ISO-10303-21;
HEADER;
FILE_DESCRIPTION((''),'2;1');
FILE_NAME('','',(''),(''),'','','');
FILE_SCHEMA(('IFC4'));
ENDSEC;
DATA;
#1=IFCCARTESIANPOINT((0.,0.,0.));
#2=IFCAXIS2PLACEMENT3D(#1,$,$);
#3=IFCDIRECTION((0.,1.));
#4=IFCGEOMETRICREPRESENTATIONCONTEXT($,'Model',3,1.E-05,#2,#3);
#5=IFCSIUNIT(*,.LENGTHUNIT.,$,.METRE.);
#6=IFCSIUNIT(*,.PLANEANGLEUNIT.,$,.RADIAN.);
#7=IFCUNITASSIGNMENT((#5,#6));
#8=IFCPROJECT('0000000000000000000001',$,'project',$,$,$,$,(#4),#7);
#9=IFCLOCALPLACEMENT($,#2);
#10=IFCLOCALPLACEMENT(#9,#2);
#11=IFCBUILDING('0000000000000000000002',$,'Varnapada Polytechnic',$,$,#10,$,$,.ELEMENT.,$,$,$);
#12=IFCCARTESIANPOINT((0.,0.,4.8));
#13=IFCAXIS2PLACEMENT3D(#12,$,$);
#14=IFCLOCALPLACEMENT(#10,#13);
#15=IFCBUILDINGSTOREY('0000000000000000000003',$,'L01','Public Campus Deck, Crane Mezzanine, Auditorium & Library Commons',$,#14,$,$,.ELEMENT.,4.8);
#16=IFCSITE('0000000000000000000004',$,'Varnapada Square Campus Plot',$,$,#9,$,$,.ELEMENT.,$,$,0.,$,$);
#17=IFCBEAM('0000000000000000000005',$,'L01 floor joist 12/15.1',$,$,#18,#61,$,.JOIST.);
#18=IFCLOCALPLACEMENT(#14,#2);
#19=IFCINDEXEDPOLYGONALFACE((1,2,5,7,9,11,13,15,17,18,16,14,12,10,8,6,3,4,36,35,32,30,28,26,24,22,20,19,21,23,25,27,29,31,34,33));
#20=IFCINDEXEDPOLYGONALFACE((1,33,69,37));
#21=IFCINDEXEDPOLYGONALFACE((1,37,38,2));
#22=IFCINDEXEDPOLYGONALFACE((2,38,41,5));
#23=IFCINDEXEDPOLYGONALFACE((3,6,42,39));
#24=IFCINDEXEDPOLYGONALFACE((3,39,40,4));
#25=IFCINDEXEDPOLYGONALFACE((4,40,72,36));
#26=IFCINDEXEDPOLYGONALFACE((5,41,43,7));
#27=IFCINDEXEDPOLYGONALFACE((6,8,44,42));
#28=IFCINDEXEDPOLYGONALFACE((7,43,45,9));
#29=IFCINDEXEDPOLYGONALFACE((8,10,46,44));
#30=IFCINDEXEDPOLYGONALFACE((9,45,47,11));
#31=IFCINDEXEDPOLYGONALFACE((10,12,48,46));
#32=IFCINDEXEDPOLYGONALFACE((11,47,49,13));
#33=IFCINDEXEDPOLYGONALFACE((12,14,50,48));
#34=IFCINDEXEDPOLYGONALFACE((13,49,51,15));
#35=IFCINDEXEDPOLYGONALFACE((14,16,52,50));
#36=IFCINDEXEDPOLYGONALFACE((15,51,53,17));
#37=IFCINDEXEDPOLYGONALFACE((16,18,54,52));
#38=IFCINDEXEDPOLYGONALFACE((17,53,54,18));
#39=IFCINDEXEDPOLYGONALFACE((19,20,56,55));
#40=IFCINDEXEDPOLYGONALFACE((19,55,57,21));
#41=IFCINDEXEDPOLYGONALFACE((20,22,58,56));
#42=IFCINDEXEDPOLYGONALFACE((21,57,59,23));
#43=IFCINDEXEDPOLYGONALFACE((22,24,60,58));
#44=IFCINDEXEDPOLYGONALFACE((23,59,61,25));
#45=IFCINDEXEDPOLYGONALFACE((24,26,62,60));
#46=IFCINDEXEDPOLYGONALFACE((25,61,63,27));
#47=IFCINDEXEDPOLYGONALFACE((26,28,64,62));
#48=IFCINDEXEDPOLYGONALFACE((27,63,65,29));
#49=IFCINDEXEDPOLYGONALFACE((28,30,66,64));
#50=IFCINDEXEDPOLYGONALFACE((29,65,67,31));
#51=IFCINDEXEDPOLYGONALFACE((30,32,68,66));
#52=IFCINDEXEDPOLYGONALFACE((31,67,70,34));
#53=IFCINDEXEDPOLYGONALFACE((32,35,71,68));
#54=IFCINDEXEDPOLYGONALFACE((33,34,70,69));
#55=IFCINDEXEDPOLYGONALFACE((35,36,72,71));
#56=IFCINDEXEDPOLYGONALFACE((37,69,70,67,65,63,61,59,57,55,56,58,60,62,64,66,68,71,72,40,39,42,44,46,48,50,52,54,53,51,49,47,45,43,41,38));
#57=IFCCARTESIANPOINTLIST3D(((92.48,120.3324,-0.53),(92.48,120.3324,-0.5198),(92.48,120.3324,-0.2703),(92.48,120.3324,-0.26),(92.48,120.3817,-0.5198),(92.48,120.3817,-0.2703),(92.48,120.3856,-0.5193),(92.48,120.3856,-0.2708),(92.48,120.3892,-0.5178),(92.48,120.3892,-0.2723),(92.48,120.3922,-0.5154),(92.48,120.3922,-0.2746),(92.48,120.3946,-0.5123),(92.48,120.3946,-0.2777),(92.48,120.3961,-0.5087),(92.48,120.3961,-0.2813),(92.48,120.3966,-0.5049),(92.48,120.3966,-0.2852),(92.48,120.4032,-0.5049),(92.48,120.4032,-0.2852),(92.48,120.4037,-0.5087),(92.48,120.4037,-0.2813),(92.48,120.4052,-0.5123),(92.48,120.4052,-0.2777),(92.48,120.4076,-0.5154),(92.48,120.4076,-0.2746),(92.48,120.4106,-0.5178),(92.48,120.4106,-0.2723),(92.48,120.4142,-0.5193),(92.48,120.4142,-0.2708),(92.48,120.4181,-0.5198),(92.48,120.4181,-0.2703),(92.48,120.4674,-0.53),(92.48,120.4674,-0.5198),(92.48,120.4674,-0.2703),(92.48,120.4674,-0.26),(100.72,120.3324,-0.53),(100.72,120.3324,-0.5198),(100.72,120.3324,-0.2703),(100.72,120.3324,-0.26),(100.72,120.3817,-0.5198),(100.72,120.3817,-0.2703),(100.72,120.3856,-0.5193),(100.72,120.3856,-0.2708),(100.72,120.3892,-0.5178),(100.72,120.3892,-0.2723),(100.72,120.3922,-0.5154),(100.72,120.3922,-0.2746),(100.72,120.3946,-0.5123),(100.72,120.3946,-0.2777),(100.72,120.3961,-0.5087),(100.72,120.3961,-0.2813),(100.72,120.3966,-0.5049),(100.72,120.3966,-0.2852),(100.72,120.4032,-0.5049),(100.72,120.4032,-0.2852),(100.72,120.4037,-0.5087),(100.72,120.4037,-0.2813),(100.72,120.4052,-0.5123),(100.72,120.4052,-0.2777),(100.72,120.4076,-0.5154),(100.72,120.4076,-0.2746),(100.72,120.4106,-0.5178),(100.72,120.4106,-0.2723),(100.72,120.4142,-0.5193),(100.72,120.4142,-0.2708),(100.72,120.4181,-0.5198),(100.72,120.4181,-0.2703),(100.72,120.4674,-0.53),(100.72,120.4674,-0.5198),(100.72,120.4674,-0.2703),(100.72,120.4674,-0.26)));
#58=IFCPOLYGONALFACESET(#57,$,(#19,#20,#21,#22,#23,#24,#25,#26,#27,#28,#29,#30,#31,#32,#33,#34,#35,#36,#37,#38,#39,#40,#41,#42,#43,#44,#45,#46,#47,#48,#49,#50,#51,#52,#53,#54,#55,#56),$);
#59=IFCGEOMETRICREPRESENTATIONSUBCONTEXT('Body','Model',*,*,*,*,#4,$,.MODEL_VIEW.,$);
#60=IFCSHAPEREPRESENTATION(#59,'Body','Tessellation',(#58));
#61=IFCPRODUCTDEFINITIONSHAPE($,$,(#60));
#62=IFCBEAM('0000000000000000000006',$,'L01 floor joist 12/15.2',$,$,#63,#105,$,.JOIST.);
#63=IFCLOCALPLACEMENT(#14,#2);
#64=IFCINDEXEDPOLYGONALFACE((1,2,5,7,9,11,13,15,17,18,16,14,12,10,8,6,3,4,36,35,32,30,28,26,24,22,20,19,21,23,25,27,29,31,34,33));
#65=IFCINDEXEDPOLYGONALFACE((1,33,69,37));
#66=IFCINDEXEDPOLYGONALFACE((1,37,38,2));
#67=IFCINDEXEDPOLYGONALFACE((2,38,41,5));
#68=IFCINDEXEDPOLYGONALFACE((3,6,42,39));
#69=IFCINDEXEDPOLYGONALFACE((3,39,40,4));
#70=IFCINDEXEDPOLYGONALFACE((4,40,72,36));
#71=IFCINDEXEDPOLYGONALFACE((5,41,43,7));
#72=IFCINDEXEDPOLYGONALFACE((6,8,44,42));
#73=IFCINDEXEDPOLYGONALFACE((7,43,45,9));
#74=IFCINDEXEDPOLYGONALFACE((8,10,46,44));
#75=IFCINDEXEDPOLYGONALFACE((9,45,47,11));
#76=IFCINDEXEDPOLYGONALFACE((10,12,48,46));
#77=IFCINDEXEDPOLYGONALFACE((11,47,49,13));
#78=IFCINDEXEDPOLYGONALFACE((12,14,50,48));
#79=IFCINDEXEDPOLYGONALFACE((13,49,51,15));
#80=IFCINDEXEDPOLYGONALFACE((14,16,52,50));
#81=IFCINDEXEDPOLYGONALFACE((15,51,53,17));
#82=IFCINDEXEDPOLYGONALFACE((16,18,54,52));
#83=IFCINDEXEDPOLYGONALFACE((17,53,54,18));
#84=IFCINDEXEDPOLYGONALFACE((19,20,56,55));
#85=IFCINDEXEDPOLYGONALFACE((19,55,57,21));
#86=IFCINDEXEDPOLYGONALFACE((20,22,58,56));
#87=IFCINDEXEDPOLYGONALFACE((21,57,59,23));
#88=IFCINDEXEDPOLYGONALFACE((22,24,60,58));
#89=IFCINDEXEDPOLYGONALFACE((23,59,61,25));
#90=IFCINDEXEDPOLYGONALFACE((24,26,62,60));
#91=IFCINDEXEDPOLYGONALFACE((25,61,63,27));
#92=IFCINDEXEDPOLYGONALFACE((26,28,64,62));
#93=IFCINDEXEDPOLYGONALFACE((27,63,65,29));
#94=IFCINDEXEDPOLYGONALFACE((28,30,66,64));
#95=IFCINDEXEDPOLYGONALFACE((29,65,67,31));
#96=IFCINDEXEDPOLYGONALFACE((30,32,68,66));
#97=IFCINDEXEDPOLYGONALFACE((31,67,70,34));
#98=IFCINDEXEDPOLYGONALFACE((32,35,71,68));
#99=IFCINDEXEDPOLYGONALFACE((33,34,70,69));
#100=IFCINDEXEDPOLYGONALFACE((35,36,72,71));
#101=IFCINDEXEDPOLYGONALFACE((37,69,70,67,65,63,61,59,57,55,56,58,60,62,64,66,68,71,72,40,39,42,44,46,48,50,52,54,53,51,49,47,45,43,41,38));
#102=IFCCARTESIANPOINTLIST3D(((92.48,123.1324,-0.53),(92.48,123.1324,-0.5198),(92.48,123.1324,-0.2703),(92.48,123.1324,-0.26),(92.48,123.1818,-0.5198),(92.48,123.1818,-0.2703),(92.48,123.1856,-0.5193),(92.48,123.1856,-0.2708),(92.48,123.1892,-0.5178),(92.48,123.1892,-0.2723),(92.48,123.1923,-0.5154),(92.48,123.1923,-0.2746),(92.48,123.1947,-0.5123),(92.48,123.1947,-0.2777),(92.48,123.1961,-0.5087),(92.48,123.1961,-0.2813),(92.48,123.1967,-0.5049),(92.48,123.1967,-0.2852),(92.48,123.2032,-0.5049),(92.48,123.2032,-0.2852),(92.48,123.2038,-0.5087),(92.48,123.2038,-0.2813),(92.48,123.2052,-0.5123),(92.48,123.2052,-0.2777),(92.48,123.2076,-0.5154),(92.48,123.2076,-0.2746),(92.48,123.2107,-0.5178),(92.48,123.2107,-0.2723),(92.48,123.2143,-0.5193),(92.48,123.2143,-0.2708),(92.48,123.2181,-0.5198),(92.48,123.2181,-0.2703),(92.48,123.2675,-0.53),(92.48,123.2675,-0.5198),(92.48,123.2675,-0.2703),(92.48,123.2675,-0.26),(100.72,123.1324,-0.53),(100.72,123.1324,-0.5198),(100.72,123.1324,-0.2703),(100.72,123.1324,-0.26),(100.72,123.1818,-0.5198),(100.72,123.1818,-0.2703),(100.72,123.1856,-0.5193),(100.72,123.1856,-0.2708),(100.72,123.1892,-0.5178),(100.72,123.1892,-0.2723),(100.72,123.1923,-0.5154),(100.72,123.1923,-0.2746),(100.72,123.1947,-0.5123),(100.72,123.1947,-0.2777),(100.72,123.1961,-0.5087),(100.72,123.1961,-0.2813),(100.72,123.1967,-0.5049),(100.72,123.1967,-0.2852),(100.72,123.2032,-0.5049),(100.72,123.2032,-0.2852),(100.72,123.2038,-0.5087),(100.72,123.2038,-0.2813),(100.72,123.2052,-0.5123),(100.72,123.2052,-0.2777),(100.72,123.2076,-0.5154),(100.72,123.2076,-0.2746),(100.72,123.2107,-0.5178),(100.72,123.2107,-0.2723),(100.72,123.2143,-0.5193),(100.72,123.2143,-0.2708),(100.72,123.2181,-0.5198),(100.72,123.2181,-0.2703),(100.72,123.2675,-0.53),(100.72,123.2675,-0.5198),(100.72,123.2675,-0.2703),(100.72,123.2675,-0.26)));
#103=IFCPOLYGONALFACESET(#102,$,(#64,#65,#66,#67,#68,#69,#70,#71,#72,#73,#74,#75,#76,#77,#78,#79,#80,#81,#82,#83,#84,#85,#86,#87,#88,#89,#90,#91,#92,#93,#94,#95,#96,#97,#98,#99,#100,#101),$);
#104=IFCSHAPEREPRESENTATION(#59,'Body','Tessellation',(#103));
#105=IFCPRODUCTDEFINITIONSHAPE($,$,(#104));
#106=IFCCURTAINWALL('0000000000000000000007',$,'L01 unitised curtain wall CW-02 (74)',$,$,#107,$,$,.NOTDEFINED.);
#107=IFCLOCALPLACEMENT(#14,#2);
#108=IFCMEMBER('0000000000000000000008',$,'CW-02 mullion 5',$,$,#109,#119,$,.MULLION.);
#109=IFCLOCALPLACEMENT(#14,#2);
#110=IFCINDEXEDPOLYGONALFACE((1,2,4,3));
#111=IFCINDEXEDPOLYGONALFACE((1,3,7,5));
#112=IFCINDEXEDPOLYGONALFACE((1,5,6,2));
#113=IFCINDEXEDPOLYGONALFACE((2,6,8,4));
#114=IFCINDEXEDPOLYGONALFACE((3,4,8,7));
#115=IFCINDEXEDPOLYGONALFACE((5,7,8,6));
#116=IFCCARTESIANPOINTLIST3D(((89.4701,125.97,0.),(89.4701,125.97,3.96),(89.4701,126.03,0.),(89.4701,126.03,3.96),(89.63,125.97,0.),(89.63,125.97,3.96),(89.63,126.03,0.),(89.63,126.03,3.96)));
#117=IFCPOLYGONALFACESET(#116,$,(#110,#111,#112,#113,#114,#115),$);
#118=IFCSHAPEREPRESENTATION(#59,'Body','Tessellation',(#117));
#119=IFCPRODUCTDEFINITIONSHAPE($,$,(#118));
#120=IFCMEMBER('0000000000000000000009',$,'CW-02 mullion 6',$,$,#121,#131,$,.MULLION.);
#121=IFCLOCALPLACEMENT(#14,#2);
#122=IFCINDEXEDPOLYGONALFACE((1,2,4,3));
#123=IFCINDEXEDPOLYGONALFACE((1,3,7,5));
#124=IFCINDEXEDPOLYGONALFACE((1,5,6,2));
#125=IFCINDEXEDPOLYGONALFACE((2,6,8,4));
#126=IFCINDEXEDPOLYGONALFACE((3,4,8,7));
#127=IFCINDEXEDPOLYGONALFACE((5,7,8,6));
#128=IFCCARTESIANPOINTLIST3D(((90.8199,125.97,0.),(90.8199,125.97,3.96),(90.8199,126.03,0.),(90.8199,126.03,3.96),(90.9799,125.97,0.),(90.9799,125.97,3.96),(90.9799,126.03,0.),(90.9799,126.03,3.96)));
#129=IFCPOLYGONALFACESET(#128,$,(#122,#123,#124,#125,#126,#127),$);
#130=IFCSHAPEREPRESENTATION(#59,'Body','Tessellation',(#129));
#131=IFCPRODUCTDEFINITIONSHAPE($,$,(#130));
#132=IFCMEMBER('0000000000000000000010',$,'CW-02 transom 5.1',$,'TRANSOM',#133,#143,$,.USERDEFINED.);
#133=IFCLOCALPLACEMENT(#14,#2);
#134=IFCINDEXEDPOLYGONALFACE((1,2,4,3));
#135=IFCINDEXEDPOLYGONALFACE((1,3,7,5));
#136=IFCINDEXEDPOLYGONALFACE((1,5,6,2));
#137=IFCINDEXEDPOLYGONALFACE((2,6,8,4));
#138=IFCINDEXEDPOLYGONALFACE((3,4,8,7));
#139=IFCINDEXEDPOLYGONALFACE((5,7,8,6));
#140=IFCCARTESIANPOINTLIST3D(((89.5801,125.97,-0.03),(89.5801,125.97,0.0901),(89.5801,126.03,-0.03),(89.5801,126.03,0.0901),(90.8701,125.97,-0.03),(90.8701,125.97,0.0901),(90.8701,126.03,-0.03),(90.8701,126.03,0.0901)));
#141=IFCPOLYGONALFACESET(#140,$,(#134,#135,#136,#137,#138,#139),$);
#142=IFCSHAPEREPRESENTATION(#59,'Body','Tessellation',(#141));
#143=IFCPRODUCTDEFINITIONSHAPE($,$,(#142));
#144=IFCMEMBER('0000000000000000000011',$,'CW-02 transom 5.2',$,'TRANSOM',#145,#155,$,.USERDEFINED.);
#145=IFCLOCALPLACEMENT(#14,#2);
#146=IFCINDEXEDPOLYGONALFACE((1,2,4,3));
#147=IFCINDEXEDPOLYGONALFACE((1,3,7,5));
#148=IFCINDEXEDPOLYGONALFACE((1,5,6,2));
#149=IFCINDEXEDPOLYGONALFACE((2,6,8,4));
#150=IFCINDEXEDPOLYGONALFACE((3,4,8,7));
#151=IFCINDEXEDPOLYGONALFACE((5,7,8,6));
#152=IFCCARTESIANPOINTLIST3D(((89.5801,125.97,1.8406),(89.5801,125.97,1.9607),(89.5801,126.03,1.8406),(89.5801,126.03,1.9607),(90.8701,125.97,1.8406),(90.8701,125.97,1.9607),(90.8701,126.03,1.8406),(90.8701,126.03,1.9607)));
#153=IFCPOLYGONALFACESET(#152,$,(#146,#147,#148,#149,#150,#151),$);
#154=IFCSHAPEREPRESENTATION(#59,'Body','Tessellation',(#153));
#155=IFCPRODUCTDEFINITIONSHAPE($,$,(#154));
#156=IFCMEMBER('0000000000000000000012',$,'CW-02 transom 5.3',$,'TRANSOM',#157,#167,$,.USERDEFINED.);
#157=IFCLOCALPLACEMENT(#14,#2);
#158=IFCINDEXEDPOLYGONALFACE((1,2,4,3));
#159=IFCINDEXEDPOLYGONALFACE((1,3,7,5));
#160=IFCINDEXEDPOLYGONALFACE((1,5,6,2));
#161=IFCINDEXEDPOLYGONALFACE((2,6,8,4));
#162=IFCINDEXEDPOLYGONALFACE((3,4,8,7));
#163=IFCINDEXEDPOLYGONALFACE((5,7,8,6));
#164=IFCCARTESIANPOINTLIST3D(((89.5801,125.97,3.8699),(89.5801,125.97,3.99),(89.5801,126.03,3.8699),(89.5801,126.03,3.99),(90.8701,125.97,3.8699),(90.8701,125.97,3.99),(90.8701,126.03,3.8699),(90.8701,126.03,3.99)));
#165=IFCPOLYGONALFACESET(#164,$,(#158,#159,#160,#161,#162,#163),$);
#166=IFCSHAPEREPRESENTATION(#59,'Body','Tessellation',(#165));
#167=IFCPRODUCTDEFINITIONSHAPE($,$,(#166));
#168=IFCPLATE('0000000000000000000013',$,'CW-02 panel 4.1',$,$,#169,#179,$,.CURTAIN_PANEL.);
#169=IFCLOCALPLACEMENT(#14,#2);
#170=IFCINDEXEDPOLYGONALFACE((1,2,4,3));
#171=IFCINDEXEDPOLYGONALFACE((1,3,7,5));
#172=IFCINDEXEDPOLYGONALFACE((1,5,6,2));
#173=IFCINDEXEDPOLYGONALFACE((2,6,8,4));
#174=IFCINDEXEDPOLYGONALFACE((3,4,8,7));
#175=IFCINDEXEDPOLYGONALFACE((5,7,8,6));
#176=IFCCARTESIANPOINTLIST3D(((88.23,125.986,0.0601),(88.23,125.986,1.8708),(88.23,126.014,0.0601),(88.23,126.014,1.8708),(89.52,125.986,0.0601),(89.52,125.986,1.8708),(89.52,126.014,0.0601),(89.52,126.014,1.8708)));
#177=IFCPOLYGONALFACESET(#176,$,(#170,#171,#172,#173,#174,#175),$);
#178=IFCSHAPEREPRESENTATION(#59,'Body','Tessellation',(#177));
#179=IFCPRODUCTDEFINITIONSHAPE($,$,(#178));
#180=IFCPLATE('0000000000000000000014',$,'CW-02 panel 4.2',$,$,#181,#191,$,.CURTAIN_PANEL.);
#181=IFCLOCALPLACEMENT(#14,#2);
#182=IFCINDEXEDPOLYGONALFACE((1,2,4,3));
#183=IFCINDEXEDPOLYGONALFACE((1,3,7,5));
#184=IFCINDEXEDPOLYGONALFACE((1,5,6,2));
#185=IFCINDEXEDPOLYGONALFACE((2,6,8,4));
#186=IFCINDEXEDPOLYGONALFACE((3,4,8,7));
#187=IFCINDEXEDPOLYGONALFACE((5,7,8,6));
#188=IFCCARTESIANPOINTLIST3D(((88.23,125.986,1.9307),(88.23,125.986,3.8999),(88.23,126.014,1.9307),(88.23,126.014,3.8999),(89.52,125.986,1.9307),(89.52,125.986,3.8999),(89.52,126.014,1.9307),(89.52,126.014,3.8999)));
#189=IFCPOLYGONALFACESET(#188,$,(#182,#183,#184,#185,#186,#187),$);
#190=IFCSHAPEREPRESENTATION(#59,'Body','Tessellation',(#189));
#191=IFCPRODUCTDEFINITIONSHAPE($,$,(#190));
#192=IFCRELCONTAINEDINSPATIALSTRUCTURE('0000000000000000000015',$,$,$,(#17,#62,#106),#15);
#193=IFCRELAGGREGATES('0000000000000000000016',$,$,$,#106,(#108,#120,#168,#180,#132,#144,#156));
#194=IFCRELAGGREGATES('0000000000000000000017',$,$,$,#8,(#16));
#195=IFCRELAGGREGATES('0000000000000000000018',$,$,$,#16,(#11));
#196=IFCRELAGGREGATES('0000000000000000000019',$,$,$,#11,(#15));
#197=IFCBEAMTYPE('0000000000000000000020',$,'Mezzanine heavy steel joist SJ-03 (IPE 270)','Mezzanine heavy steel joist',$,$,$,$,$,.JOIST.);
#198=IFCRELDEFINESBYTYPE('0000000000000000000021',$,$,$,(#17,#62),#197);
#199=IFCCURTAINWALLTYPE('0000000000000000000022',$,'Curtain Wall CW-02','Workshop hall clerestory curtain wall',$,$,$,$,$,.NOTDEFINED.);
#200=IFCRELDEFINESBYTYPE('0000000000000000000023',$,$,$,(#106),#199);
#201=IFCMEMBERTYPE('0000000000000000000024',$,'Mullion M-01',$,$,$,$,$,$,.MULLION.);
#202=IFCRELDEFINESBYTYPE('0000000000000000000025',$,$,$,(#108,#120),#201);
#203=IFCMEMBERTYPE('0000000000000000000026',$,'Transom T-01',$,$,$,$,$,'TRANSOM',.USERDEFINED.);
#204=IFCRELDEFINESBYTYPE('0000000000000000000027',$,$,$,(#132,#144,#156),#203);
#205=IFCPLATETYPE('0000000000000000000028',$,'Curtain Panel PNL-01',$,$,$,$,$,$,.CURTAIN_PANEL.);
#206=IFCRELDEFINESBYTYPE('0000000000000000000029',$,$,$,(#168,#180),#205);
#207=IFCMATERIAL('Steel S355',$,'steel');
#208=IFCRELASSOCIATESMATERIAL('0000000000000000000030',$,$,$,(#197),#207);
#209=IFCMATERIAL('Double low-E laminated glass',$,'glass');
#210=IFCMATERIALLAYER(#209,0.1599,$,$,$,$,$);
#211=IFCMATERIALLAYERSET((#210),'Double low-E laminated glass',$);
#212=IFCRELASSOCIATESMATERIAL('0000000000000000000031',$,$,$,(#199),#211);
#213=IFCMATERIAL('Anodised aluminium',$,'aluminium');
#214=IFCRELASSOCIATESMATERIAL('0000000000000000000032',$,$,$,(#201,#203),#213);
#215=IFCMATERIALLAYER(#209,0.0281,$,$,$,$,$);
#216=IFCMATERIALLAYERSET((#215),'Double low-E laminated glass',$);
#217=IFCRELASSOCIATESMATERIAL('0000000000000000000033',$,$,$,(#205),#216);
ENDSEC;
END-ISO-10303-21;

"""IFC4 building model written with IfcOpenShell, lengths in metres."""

from ifc_helpers import new_model, si_unit, direction, frame, origin, origin_2d, place, context, subcontext, project, spatial, rectangle, i_section, extrude, material, layer, layer_set, material_profile, profile_set, type_object, element, aggregate, save


model = new_model("IFC4")

# Units and contexts
model_context = context("Model", 3, precision=1e-05, world=origin(), true_north=direction((0.0, 1.0)))
body_context = subcontext(model_context, "Body", "Model", "MODEL_VIEW")
ifc_project = project(units=[si_unit("LENGTHUNIT", "METRE"), si_unit("PLANEANGLEUNIT", "RADIAN")], contexts=[model_context])

# Site, building, storey
site_placement = place(None, origin())
site = spatial("IfcSite", under=ifc_project, at=site_placement, Name="Varnapada Square Campus Plot", CompositionType="ELEMENT", RefElevation=0.0)
building_placement = place(site_placement, origin())
building = spatial("IfcBuilding", under=site, at=building_placement, Name="Varnapada Polytechnic", CompositionType="ELEMENT")
storey_placement = place(building_placement, frame((0.0, 0.0, 4.8)))
storey = spatial("IfcBuildingStorey", under=building, at=storey_placement, Name="L01", Description="Public Campus Deck, Crane Mezzanine, Auditorium & Library Commons", CompositionType="ELEMENT", Elevation=4.8)

# Beams
ifc_material_1 = material(Name="Steel S355", Category="steel")
ifc_material_profile_1 = material_profile(ifc_material_1, i_section(OverallWidth=0.135, OverallDepth=0.27, WebThickness=0.0066, FlangeThickness=0.0103, FilletRadius=0.0149, at=origin_2d()), Name="IPE 270")
ifc_profile_set_1 = profile_set([ifc_material_profile_1], Name="Steel S355")
beam_type = type_object("IfcBeamType", Name="Mezzanine heavy steel joist SJ-03 (IPE 270)", Description="Mezzanine heavy steel joist", PredefinedType="JOIST", material=ifc_profile_set_1)
for number, where, z_axis, x_axis, name in (
    (1, (92.48, 120.3999, -0.395), (1.0, 0.0, 0.0), (0.0, 1.0, 0.0), "L01 floor joist 12/15.1"),
    (2, (92.48, 123.2, -0.395), (1.0, 0.0, 0.0), (0.0, 1.0, 0.0), "L01 floor joist 12/15.2"),
):
    element("IfcBeam", number, at=place(storey_placement, frame(where, z_axis=z_axis, x_axis=x_axis)), inside=storey, type_object=beam_type, Name=name, PredefinedType="JOIST", context=body_context, shape_type="SweptSolid", body=[
        extrude(i_section(OverallWidth=0.135, OverallDepth=0.27, WebThickness=0.0066, FlangeThickness=0.0103, FilletRadius=0.0149, at=origin_2d()), origin(), (0.0, 0.0, 1.0), 8.24),
    ])

# Curtain wall, members, plates
ifc_material_2 = material(Name="Double low-E laminated glass", Category="glass")
ifc_layer_1 = layer(ifc_material_2, 0.1599)
ifc_layer_set_1 = layer_set([ifc_layer_1], Name="Double low-E laminated glass")
curtain_wall_type = type_object("IfcCurtainWallType", Name="Curtain Wall CW-02", Description="Workshop hall clerestory curtain wall", PredefinedType="NOTDEFINED", material=ifc_layer_set_1)
curtain_wall_placement = place(storey_placement, origin())
curtain_wall = element("IfcCurtainWall", 3, at=curtain_wall_placement, inside=storey, type_object=curtain_wall_type, Name="L01 unitised curtain wall CW-02 (74)", PredefinedType="NOTDEFINED")
ifc_material_3 = material(Name="Anodised aluminium", Category="aluminium")
ifc_material_profile_2 = material_profile(ifc_material_3, rectangle(XDim=0.0601, YDim=0.1599, at=origin_2d()), Name="ALU M60x160")
ifc_profile_set_2 = profile_set([ifc_material_profile_2], Name="Anodised aluminium")
member_type_1 = type_object("IfcMemberType", Name="Mullion M-01", PredefinedType="MULLION", material=ifc_profile_set_2)
member_1_placement = place(storey_placement, frame((89.55, 126.0, 0.0), z_axis=(0.0, 0.0, 1.0), x_axis=(0.0, 1.0, 0.0)))
member_1 = element("IfcMember", 4, at=member_1_placement, type_object=member_type_1, Name="CW-02 mullion 5", PredefinedType="MULLION", context=body_context, shape_type="SweptSolid", body=[
    extrude(rectangle(XDim=0.0601, YDim=0.1599, at=origin_2d()), origin(), (0.0, 0.0, 1.0), 3.96),
])
member_2_placement = place(storey_placement, frame((90.8999, 126.0, 0.0), z_axis=(0.0, 0.0, 1.0), x_axis=(0.0, 1.0, 0.0)))
member_2 = element("IfcMember", 5, at=member_2_placement, type_object=member_type_1, Name="CW-02 mullion 6", PredefinedType="MULLION", context=body_context, shape_type="SweptSolid", body=[
    extrude(rectangle(XDim=0.0601, YDim=0.1599, at=origin_2d()), origin(), (0.0, 0.0, 1.0), 3.96),
])
ifc_material_profile_3 = material_profile(ifc_material_3, rectangle(XDim=0.0601, YDim=0.1201, at=origin_2d()), Name="ALU T60x120")
ifc_profile_set_3 = profile_set([ifc_material_profile_3], Name="Anodised aluminium")
member_type_2 = type_object("IfcMemberType", Name="Transom T-01", ElementType="TRANSOM", PredefinedType="USERDEFINED", material=ifc_profile_set_3)
member_3_placement = place(storey_placement, frame((89.5801, 126.0, 0.03), z_axis=(1.0, 0.0, 0.0), x_axis=(0.0, 1.0, 0.0)))
member_3 = element("IfcMember", 6, at=member_3_placement, type_object=member_type_2, Name="CW-02 transom 5.1", ObjectType="TRANSOM", PredefinedType="USERDEFINED", context=body_context, shape_type="SweptSolid", body=[
    extrude(rectangle(XDim=0.0601, YDim=0.1201, at=origin_2d()), origin(), (0.0, 0.0, 1.0), 1.29),
])
member_4_placement = place(storey_placement, frame((89.5801, 126.0, 1.9006), z_axis=(1.0, 0.0, 0.0), x_axis=(0.0, 1.0, 0.0)))
member_4 = element("IfcMember", 7, at=member_4_placement, type_object=member_type_2, Name="CW-02 transom 5.2", ObjectType="TRANSOM", PredefinedType="USERDEFINED", context=body_context, shape_type="SweptSolid", body=[
    extrude(rectangle(XDim=0.0601, YDim=0.1201, at=origin_2d()), origin(), (0.0, 0.0, 1.0), 1.29),
])
member_5_placement = place(storey_placement, frame((89.5801, 126.0, 3.9299), z_axis=(1.0, 0.0, 0.0), x_axis=(0.0, 1.0, 0.0)))
member_5 = element("IfcMember", 8, at=member_5_placement, type_object=member_type_2, Name="CW-02 transom 5.3", ObjectType="TRANSOM", PredefinedType="USERDEFINED", context=body_context, shape_type="SweptSolid", body=[
    extrude(rectangle(XDim=0.0601, YDim=0.1201, at=origin_2d()), origin(), (0.0, 0.0, 1.0), 1.29),
])
ifc_layer_2 = layer(ifc_material_2, 0.0281)
ifc_layer_set_2 = layer_set([ifc_layer_2], Name="Double low-E laminated glass")
plate_type = type_object("IfcPlateType", Name="Curtain Panel PNL-01", PredefinedType="CURTAIN_PANEL", material=ifc_layer_set_2)
plate_1_placement = place(storey_placement, frame((88.875, 126.0, 0.0601), z_axis=(0.0, 0.0, 1.0), x_axis=(1.0, 0.0, 0.0)))
plate_1 = element("IfcPlate", 9, at=plate_1_placement, type_object=plate_type, Name="CW-02 panel 4.1", PredefinedType="CURTAIN_PANEL", context=body_context, shape_type="SweptSolid", body=[
    extrude(rectangle(XDim=1.29, YDim=0.0281, at=origin_2d()), origin(), (0.0, 0.0, 1.0), 1.8108),
])
plate_2_placement = place(storey_placement, frame((88.875, 126.0, 1.9307), z_axis=(0.0, 0.0, 1.0), x_axis=(1.0, 0.0, 0.0)))
plate_2 = element("IfcPlate", 10, at=plate_2_placement, type_object=plate_type, Name="CW-02 panel 4.2", PredefinedType="CURTAIN_PANEL", context=body_context, shape_type="SweptSolid", body=[
    extrude(rectangle(XDim=1.29, YDim=0.0281, at=origin_2d()), origin(), (0.0, 0.0, 1.0), 1.9692),
])
aggregate(curtain_wall, [member_1, member_2, plate_1, plate_2, member_3, member_4, member_5])

save(model, "model.ifc")
